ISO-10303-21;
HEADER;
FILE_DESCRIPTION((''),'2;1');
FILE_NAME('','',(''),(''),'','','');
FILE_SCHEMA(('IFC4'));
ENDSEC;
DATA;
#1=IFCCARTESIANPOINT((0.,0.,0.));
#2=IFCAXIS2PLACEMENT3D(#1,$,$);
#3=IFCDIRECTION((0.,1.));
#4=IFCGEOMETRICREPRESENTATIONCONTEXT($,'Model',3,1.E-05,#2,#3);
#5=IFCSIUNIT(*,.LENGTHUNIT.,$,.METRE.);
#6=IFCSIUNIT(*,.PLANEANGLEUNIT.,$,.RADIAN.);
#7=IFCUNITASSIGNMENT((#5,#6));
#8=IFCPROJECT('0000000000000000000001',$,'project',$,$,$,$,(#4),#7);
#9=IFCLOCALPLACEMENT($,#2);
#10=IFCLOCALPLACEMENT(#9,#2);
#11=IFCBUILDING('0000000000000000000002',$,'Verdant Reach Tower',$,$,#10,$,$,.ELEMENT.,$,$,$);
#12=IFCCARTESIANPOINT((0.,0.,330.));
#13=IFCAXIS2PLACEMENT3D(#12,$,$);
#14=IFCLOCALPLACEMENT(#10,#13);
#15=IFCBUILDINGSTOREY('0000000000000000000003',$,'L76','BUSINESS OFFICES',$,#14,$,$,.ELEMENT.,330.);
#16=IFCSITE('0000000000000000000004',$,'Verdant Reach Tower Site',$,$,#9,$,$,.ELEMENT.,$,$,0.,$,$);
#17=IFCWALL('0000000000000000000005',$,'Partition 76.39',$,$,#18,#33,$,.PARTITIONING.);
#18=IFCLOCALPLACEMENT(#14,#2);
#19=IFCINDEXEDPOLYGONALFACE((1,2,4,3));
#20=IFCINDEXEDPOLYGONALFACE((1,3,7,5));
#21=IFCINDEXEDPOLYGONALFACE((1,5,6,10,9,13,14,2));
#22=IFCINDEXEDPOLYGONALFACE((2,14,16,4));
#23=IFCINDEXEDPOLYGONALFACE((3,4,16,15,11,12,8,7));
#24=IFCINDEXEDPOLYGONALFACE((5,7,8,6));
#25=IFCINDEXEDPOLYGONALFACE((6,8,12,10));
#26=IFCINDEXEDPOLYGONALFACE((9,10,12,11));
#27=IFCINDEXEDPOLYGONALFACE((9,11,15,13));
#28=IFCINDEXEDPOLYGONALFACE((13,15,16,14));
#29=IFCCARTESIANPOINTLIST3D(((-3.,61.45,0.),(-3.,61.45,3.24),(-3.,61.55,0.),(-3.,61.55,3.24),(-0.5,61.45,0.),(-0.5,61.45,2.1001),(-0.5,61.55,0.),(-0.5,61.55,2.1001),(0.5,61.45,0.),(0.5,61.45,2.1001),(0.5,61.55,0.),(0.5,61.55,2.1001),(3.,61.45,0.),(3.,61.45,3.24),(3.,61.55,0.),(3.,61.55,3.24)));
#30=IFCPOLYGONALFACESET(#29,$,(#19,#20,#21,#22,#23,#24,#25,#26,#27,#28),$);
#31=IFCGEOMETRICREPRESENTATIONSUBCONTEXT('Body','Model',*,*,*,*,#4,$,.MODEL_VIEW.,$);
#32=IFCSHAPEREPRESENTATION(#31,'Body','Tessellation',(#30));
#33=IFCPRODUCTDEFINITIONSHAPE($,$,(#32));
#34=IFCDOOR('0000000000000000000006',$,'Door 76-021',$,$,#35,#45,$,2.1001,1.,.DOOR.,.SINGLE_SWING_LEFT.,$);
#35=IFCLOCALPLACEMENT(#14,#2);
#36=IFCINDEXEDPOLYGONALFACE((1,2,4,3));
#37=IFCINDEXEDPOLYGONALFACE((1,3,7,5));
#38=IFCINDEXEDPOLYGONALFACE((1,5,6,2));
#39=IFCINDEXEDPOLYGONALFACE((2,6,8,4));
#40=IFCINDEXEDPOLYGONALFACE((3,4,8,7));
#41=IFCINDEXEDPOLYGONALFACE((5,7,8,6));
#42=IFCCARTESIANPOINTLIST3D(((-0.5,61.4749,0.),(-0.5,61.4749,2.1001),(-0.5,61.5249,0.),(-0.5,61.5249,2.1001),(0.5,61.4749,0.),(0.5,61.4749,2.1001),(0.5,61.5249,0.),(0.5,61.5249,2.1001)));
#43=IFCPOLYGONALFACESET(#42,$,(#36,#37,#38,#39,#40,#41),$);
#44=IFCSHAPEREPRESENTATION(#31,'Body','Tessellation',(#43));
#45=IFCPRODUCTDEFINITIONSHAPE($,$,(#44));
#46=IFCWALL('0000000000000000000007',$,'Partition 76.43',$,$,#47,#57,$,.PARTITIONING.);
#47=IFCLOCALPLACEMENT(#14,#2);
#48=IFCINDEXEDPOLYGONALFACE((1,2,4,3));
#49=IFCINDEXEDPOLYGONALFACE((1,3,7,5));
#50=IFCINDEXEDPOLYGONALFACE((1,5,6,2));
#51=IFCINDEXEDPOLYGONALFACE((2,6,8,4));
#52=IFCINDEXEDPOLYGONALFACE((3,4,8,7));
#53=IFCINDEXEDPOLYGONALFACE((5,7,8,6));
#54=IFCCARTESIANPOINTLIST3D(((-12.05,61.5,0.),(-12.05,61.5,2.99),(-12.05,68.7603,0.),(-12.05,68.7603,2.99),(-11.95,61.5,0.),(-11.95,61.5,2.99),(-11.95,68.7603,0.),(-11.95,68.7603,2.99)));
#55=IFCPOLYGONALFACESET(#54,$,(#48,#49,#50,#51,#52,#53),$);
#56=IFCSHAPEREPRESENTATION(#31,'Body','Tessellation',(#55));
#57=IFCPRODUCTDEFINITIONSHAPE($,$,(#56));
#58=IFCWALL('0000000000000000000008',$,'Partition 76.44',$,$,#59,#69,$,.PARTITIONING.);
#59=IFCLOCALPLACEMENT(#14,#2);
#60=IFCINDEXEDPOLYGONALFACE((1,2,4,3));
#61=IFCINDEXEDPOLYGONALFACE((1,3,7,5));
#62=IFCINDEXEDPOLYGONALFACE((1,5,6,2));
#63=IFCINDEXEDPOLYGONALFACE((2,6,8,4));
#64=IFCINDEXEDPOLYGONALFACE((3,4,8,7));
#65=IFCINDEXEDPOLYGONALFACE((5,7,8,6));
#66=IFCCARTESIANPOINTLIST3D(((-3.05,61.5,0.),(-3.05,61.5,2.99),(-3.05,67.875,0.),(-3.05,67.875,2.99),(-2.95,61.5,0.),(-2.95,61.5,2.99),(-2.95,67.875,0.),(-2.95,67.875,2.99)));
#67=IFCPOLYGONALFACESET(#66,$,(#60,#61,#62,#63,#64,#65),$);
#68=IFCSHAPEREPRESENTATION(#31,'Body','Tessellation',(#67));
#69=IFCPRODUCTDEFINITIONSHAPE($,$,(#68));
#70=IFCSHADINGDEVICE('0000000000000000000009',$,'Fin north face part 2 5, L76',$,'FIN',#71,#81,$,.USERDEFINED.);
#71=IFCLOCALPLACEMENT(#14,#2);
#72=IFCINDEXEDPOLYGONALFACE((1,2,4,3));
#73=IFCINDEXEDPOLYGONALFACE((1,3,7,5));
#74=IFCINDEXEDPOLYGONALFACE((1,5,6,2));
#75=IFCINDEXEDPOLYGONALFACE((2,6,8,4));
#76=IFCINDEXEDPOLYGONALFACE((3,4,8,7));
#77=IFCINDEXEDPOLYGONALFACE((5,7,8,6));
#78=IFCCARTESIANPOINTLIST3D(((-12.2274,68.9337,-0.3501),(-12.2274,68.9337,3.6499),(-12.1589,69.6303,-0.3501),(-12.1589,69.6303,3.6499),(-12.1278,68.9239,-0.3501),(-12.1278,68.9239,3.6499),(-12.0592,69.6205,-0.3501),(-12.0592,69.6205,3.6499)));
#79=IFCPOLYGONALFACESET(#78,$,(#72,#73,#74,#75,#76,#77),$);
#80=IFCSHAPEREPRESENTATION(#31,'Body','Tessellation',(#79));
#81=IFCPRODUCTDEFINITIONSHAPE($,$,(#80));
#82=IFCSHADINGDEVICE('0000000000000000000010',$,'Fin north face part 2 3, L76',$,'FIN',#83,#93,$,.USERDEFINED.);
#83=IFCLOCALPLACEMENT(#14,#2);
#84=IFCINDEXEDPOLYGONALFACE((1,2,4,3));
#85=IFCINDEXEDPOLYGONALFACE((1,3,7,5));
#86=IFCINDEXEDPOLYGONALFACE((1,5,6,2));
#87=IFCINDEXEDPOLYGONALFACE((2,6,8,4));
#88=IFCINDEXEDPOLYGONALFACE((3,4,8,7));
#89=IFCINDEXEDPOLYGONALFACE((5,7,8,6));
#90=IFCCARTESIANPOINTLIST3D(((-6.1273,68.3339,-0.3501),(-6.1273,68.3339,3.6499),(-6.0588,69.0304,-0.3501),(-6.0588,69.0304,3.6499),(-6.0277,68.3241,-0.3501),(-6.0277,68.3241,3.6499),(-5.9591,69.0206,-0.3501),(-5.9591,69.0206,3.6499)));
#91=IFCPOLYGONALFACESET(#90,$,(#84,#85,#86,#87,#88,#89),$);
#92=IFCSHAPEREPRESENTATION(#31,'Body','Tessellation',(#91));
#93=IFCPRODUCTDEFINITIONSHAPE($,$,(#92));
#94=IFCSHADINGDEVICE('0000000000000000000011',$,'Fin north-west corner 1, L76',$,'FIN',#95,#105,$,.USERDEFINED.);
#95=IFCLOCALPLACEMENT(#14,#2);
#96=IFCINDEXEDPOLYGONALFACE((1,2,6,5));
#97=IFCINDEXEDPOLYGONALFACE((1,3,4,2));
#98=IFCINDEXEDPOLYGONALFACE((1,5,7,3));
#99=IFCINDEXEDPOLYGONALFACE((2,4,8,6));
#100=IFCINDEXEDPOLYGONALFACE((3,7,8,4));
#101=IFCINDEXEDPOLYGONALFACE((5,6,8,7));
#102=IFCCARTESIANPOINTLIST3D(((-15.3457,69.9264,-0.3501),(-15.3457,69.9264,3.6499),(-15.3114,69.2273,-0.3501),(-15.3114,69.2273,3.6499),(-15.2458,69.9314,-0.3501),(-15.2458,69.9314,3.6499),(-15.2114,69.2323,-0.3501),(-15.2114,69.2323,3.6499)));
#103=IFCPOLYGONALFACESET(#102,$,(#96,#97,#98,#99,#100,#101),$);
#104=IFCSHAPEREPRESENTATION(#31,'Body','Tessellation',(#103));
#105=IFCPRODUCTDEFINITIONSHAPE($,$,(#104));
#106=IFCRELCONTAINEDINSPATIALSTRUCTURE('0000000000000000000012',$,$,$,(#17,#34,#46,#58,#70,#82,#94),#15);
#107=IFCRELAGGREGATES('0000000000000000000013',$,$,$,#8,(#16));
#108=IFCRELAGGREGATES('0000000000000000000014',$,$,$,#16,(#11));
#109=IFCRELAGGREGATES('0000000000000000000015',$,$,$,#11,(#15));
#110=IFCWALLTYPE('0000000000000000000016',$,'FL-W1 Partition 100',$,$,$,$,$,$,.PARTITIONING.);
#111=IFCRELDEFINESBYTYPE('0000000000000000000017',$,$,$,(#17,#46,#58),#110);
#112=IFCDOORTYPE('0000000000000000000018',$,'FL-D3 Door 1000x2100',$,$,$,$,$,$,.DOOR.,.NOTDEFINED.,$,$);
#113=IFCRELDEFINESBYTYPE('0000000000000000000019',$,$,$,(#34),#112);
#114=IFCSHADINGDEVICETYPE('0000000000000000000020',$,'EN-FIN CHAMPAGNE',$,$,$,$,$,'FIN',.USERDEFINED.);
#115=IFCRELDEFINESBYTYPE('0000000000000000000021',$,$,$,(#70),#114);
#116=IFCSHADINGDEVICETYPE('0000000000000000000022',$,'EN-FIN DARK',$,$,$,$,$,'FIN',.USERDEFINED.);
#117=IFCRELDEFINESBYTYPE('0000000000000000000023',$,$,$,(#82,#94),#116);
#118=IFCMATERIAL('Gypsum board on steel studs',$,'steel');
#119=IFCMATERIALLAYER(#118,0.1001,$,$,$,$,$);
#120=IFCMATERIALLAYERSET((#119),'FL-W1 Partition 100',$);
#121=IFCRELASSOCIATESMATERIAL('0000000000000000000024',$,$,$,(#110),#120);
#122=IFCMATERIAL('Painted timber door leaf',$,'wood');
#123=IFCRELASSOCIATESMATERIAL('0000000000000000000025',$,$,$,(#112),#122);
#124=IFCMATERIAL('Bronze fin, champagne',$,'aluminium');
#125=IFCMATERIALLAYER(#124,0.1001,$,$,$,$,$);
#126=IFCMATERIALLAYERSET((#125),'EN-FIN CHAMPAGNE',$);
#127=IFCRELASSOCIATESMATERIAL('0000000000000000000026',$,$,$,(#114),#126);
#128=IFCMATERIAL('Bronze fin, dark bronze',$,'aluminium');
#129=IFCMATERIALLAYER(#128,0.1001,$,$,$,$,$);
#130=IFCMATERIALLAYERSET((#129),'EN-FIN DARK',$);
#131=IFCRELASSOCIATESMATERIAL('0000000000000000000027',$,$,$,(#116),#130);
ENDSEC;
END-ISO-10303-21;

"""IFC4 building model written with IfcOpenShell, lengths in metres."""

from ifc_helpers import new_model, si_unit, direction, frame, frame_2d, origin, origin_2d, place, context, subcontext, project, spatial, rectangle, extrude, material, layer, layer_set, type_object, element, fill, save


model = new_model("IFC4")

# Units and contexts
model_context = context("Model", 3, precision=1e-05, world=origin(), true_north=direction((0.0, 1.0)))
body_context = subcontext(model_context, "Body", "Model", "MODEL_VIEW")
ifc_project = project(units=[si_unit("LENGTHUNIT", "METRE"), si_unit("PLANEANGLEUNIT", "RADIAN")], contexts=[model_context])

# Site, building, storey
site_placement = place(None, origin())
site = spatial("IfcSite", under=ifc_project, at=site_placement, Name="Verdant Reach Tower Site", CompositionType="ELEMENT", RefElevation=0.0)
building_placement = place(site_placement, origin())
building = spatial("IfcBuilding", under=site, at=building_placement, Name="Verdant Reach Tower", CompositionType="ELEMENT")
storey_placement = place(building_placement, frame((0.0, 0.0, 330.0)))
storey = spatial("IfcBuildingStorey", under=building, at=storey_placement, Name="L76", Description="BUSINESS OFFICES", CompositionType="ELEMENT", Elevation=330.0)

# Wall, opening, door
ifc_material_1 = material(Name="Gypsum board on steel studs", Category="steel")
ifc_layer_1 = layer(ifc_material_1, 0.1001)
ifc_layer_set_1 = layer_set([ifc_layer_1], Name="FL-W1 Partition 100")
wall_type = type_object("IfcWallType", Name="FL-W1 Partition 100", PredefinedType="PARTITIONING", material=ifc_layer_set_1)
ifc_material_2 = material(Name="Painted timber door leaf", Category="wood")
door_type = type_object("IfcDoorType", Name="FL-D3 Door 1000x2100", OperationType="NOTDEFINED", PredefinedType="DOOR", material=ifc_material_2)
wall_1_placement = place(storey_placement, frame((-3.0, 61.5, 0.0), z_axis=(0.0, 0.0, 1.0), x_axis=(1.0, 0.0, 0.0)))
wall_1 = element("IfcWall", 1, at=wall_1_placement, inside=storey, type_object=wall_type, Name="Partition 76.39", PredefinedType="PARTITIONING", context=body_context, shape_type="SweptSolid", body=[
    extrude(rectangle(XDim=6.0, YDim=0.1001, at=frame_2d((3.0, 0.0))), origin(), (0.0, 0.0, 1.0), 3.24),
])
opening_1_placement = place(wall_1_placement, frame((2.5, 0.0, 0.0)))
opening_1 = element("IfcOpeningElement", 2, at=opening_1_placement, cuts=wall_1, PredefinedType="OPENING", context=body_context, shape_type="SweptSolid", body=[
    extrude(rectangle(XDim=1.0, YDim=2.1001, at=frame_2d((0.5, 1.05))), frame((0.0, 0.0601, 0.0), z_axis=(0.0, -1.0, 0.0), x_axis=(1.0, 0.0, 0.0)), (0.0, 0.0, 1.0), 0.1201),
])
door_1_placement = place(opening_1_placement, origin())
door_1 = element("IfcDoor", 3, at=door_1_placement, inside=storey, type_object=door_type, Name="Door 76-021", OperationType="SINGLE_SWING_LEFT", OverallHeight=2.1001, OverallWidth=1.0, PredefinedType="DOOR", context=body_context, shape_type="SweptSolid", body=[
    extrude(rectangle(XDim=1.0, YDim=2.1001, at=frame_2d((0.5, 1.05))), frame((0.0, 0.0249, 0.0), z_axis=(0.0, -1.0, 0.0), x_axis=(1.0, 0.0, 0.0)), (0.0, 0.0, 1.0), 0.05),
])
fill(opening_1, door_1)

# Walls
wall_2_placement = place(storey_placement, frame((-12.0, 61.5, 0.0), z_axis=(0.0, 0.0, 1.0), x_axis=(0.0, 1.0, 0.0)))
element("IfcWall", 4, at=wall_2_placement, inside=storey, type_object=wall_type, Name="Partition 76.43", PredefinedType="PARTITIONING", context=body_context, shape_type="SweptSolid", body=[
    extrude(rectangle(XDim=7.2603, YDim=0.1001, at=frame_2d((3.6301, 0.0))), origin(), (0.0, 0.0, 1.0), 2.99),
])
wall_3_placement = place(storey_placement, frame((-3.0, 61.5, 0.0), z_axis=(0.0, 0.0, 1.0), x_axis=(0.0, 1.0, 0.0)))
element("IfcWall", 5, at=wall_3_placement, inside=storey, type_object=wall_type, Name="Partition 76.44", PredefinedType="PARTITIONING", context=body_context, shape_type="SweptSolid", body=[
    extrude(rectangle(XDim=6.375, YDim=0.1001, at=frame_2d((3.1875, 0.0))), origin(), (0.0, 0.0, 1.0), 2.99),
])

# Shading devices
ifc_material_3 = material(Name="Bronze fin, champagne", Category="aluminium")
ifc_layer_2 = layer(ifc_material_3, 0.1001)
ifc_layer_set_2 = layer_set([ifc_layer_2], Name="EN-FIN CHAMPAGNE")
shading_device_type_1 = type_object("IfcShadingDeviceType", Name="EN-FIN CHAMPAGNE", ElementType="FIN", PredefinedType="USERDEFINED", material=ifc_layer_set_2)
shading_device_placement = place(storey_placement, frame((-12.1433, 69.2771, -0.3501), z_axis=(0.0, 0.0, 1.0), x_axis=(-0.995197, 0.097888, 0.0)))
element("IfcShadingDevice", 6, at=shading_device_placement, inside=storey, type_object=shading_device_type_1, Name="Fin north face part 2 5, L76", ObjectType="FIN", PredefinedType="USERDEFINED", context=body_context, shape_type="SweptSolid", body=[
    extrude(rectangle(XDim=0.1001, YDim=0.7, at=origin_2d()), origin(), (0.0, 0.0, 1.0), 4.0),
])
ifc_material_4 = material(Name="Bronze fin, dark bronze", Category="aluminium")
ifc_layer_3 = layer(ifc_material_4, 0.1001)
ifc_layer_set_3 = layer_set([ifc_layer_3], Name="EN-FIN DARK")
shading_device_type_2 = type_object("IfcShadingDeviceType", Name="EN-FIN DARK", ElementType="FIN", PredefinedType="USERDEFINED", material=ifc_layer_set_3)
for number, where, z_axis, x_axis, name in (
    (7, (-6.0432, 68.6772, -0.3501), (0.0, 0.0, 1.0), (-0.995197, 0.097888, 0.0), "Fin north face part 2 3, L76"),
    (8, (-15.2786, 69.5793, -0.3501), (0.0, 0.0, 1.0), (-0.998793, -0.049128, 0.0), "Fin north-west corner 1, L76"),
):
    element("IfcShadingDevice", number, at=place(storey_placement, frame(where, z_axis=z_axis, x_axis=x_axis)), inside=storey, type_object=shading_device_type_2, Name=name, ObjectType="FIN", PredefinedType="USERDEFINED", context=body_context, shape_type="SweptSolid", body=[
        extrude(rectangle(XDim=0.1001, YDim=0.7, at=origin_2d()), origin(), (0.0, 0.0, 1.0), 4.0),
    ])

save(model, "model.ifc")
